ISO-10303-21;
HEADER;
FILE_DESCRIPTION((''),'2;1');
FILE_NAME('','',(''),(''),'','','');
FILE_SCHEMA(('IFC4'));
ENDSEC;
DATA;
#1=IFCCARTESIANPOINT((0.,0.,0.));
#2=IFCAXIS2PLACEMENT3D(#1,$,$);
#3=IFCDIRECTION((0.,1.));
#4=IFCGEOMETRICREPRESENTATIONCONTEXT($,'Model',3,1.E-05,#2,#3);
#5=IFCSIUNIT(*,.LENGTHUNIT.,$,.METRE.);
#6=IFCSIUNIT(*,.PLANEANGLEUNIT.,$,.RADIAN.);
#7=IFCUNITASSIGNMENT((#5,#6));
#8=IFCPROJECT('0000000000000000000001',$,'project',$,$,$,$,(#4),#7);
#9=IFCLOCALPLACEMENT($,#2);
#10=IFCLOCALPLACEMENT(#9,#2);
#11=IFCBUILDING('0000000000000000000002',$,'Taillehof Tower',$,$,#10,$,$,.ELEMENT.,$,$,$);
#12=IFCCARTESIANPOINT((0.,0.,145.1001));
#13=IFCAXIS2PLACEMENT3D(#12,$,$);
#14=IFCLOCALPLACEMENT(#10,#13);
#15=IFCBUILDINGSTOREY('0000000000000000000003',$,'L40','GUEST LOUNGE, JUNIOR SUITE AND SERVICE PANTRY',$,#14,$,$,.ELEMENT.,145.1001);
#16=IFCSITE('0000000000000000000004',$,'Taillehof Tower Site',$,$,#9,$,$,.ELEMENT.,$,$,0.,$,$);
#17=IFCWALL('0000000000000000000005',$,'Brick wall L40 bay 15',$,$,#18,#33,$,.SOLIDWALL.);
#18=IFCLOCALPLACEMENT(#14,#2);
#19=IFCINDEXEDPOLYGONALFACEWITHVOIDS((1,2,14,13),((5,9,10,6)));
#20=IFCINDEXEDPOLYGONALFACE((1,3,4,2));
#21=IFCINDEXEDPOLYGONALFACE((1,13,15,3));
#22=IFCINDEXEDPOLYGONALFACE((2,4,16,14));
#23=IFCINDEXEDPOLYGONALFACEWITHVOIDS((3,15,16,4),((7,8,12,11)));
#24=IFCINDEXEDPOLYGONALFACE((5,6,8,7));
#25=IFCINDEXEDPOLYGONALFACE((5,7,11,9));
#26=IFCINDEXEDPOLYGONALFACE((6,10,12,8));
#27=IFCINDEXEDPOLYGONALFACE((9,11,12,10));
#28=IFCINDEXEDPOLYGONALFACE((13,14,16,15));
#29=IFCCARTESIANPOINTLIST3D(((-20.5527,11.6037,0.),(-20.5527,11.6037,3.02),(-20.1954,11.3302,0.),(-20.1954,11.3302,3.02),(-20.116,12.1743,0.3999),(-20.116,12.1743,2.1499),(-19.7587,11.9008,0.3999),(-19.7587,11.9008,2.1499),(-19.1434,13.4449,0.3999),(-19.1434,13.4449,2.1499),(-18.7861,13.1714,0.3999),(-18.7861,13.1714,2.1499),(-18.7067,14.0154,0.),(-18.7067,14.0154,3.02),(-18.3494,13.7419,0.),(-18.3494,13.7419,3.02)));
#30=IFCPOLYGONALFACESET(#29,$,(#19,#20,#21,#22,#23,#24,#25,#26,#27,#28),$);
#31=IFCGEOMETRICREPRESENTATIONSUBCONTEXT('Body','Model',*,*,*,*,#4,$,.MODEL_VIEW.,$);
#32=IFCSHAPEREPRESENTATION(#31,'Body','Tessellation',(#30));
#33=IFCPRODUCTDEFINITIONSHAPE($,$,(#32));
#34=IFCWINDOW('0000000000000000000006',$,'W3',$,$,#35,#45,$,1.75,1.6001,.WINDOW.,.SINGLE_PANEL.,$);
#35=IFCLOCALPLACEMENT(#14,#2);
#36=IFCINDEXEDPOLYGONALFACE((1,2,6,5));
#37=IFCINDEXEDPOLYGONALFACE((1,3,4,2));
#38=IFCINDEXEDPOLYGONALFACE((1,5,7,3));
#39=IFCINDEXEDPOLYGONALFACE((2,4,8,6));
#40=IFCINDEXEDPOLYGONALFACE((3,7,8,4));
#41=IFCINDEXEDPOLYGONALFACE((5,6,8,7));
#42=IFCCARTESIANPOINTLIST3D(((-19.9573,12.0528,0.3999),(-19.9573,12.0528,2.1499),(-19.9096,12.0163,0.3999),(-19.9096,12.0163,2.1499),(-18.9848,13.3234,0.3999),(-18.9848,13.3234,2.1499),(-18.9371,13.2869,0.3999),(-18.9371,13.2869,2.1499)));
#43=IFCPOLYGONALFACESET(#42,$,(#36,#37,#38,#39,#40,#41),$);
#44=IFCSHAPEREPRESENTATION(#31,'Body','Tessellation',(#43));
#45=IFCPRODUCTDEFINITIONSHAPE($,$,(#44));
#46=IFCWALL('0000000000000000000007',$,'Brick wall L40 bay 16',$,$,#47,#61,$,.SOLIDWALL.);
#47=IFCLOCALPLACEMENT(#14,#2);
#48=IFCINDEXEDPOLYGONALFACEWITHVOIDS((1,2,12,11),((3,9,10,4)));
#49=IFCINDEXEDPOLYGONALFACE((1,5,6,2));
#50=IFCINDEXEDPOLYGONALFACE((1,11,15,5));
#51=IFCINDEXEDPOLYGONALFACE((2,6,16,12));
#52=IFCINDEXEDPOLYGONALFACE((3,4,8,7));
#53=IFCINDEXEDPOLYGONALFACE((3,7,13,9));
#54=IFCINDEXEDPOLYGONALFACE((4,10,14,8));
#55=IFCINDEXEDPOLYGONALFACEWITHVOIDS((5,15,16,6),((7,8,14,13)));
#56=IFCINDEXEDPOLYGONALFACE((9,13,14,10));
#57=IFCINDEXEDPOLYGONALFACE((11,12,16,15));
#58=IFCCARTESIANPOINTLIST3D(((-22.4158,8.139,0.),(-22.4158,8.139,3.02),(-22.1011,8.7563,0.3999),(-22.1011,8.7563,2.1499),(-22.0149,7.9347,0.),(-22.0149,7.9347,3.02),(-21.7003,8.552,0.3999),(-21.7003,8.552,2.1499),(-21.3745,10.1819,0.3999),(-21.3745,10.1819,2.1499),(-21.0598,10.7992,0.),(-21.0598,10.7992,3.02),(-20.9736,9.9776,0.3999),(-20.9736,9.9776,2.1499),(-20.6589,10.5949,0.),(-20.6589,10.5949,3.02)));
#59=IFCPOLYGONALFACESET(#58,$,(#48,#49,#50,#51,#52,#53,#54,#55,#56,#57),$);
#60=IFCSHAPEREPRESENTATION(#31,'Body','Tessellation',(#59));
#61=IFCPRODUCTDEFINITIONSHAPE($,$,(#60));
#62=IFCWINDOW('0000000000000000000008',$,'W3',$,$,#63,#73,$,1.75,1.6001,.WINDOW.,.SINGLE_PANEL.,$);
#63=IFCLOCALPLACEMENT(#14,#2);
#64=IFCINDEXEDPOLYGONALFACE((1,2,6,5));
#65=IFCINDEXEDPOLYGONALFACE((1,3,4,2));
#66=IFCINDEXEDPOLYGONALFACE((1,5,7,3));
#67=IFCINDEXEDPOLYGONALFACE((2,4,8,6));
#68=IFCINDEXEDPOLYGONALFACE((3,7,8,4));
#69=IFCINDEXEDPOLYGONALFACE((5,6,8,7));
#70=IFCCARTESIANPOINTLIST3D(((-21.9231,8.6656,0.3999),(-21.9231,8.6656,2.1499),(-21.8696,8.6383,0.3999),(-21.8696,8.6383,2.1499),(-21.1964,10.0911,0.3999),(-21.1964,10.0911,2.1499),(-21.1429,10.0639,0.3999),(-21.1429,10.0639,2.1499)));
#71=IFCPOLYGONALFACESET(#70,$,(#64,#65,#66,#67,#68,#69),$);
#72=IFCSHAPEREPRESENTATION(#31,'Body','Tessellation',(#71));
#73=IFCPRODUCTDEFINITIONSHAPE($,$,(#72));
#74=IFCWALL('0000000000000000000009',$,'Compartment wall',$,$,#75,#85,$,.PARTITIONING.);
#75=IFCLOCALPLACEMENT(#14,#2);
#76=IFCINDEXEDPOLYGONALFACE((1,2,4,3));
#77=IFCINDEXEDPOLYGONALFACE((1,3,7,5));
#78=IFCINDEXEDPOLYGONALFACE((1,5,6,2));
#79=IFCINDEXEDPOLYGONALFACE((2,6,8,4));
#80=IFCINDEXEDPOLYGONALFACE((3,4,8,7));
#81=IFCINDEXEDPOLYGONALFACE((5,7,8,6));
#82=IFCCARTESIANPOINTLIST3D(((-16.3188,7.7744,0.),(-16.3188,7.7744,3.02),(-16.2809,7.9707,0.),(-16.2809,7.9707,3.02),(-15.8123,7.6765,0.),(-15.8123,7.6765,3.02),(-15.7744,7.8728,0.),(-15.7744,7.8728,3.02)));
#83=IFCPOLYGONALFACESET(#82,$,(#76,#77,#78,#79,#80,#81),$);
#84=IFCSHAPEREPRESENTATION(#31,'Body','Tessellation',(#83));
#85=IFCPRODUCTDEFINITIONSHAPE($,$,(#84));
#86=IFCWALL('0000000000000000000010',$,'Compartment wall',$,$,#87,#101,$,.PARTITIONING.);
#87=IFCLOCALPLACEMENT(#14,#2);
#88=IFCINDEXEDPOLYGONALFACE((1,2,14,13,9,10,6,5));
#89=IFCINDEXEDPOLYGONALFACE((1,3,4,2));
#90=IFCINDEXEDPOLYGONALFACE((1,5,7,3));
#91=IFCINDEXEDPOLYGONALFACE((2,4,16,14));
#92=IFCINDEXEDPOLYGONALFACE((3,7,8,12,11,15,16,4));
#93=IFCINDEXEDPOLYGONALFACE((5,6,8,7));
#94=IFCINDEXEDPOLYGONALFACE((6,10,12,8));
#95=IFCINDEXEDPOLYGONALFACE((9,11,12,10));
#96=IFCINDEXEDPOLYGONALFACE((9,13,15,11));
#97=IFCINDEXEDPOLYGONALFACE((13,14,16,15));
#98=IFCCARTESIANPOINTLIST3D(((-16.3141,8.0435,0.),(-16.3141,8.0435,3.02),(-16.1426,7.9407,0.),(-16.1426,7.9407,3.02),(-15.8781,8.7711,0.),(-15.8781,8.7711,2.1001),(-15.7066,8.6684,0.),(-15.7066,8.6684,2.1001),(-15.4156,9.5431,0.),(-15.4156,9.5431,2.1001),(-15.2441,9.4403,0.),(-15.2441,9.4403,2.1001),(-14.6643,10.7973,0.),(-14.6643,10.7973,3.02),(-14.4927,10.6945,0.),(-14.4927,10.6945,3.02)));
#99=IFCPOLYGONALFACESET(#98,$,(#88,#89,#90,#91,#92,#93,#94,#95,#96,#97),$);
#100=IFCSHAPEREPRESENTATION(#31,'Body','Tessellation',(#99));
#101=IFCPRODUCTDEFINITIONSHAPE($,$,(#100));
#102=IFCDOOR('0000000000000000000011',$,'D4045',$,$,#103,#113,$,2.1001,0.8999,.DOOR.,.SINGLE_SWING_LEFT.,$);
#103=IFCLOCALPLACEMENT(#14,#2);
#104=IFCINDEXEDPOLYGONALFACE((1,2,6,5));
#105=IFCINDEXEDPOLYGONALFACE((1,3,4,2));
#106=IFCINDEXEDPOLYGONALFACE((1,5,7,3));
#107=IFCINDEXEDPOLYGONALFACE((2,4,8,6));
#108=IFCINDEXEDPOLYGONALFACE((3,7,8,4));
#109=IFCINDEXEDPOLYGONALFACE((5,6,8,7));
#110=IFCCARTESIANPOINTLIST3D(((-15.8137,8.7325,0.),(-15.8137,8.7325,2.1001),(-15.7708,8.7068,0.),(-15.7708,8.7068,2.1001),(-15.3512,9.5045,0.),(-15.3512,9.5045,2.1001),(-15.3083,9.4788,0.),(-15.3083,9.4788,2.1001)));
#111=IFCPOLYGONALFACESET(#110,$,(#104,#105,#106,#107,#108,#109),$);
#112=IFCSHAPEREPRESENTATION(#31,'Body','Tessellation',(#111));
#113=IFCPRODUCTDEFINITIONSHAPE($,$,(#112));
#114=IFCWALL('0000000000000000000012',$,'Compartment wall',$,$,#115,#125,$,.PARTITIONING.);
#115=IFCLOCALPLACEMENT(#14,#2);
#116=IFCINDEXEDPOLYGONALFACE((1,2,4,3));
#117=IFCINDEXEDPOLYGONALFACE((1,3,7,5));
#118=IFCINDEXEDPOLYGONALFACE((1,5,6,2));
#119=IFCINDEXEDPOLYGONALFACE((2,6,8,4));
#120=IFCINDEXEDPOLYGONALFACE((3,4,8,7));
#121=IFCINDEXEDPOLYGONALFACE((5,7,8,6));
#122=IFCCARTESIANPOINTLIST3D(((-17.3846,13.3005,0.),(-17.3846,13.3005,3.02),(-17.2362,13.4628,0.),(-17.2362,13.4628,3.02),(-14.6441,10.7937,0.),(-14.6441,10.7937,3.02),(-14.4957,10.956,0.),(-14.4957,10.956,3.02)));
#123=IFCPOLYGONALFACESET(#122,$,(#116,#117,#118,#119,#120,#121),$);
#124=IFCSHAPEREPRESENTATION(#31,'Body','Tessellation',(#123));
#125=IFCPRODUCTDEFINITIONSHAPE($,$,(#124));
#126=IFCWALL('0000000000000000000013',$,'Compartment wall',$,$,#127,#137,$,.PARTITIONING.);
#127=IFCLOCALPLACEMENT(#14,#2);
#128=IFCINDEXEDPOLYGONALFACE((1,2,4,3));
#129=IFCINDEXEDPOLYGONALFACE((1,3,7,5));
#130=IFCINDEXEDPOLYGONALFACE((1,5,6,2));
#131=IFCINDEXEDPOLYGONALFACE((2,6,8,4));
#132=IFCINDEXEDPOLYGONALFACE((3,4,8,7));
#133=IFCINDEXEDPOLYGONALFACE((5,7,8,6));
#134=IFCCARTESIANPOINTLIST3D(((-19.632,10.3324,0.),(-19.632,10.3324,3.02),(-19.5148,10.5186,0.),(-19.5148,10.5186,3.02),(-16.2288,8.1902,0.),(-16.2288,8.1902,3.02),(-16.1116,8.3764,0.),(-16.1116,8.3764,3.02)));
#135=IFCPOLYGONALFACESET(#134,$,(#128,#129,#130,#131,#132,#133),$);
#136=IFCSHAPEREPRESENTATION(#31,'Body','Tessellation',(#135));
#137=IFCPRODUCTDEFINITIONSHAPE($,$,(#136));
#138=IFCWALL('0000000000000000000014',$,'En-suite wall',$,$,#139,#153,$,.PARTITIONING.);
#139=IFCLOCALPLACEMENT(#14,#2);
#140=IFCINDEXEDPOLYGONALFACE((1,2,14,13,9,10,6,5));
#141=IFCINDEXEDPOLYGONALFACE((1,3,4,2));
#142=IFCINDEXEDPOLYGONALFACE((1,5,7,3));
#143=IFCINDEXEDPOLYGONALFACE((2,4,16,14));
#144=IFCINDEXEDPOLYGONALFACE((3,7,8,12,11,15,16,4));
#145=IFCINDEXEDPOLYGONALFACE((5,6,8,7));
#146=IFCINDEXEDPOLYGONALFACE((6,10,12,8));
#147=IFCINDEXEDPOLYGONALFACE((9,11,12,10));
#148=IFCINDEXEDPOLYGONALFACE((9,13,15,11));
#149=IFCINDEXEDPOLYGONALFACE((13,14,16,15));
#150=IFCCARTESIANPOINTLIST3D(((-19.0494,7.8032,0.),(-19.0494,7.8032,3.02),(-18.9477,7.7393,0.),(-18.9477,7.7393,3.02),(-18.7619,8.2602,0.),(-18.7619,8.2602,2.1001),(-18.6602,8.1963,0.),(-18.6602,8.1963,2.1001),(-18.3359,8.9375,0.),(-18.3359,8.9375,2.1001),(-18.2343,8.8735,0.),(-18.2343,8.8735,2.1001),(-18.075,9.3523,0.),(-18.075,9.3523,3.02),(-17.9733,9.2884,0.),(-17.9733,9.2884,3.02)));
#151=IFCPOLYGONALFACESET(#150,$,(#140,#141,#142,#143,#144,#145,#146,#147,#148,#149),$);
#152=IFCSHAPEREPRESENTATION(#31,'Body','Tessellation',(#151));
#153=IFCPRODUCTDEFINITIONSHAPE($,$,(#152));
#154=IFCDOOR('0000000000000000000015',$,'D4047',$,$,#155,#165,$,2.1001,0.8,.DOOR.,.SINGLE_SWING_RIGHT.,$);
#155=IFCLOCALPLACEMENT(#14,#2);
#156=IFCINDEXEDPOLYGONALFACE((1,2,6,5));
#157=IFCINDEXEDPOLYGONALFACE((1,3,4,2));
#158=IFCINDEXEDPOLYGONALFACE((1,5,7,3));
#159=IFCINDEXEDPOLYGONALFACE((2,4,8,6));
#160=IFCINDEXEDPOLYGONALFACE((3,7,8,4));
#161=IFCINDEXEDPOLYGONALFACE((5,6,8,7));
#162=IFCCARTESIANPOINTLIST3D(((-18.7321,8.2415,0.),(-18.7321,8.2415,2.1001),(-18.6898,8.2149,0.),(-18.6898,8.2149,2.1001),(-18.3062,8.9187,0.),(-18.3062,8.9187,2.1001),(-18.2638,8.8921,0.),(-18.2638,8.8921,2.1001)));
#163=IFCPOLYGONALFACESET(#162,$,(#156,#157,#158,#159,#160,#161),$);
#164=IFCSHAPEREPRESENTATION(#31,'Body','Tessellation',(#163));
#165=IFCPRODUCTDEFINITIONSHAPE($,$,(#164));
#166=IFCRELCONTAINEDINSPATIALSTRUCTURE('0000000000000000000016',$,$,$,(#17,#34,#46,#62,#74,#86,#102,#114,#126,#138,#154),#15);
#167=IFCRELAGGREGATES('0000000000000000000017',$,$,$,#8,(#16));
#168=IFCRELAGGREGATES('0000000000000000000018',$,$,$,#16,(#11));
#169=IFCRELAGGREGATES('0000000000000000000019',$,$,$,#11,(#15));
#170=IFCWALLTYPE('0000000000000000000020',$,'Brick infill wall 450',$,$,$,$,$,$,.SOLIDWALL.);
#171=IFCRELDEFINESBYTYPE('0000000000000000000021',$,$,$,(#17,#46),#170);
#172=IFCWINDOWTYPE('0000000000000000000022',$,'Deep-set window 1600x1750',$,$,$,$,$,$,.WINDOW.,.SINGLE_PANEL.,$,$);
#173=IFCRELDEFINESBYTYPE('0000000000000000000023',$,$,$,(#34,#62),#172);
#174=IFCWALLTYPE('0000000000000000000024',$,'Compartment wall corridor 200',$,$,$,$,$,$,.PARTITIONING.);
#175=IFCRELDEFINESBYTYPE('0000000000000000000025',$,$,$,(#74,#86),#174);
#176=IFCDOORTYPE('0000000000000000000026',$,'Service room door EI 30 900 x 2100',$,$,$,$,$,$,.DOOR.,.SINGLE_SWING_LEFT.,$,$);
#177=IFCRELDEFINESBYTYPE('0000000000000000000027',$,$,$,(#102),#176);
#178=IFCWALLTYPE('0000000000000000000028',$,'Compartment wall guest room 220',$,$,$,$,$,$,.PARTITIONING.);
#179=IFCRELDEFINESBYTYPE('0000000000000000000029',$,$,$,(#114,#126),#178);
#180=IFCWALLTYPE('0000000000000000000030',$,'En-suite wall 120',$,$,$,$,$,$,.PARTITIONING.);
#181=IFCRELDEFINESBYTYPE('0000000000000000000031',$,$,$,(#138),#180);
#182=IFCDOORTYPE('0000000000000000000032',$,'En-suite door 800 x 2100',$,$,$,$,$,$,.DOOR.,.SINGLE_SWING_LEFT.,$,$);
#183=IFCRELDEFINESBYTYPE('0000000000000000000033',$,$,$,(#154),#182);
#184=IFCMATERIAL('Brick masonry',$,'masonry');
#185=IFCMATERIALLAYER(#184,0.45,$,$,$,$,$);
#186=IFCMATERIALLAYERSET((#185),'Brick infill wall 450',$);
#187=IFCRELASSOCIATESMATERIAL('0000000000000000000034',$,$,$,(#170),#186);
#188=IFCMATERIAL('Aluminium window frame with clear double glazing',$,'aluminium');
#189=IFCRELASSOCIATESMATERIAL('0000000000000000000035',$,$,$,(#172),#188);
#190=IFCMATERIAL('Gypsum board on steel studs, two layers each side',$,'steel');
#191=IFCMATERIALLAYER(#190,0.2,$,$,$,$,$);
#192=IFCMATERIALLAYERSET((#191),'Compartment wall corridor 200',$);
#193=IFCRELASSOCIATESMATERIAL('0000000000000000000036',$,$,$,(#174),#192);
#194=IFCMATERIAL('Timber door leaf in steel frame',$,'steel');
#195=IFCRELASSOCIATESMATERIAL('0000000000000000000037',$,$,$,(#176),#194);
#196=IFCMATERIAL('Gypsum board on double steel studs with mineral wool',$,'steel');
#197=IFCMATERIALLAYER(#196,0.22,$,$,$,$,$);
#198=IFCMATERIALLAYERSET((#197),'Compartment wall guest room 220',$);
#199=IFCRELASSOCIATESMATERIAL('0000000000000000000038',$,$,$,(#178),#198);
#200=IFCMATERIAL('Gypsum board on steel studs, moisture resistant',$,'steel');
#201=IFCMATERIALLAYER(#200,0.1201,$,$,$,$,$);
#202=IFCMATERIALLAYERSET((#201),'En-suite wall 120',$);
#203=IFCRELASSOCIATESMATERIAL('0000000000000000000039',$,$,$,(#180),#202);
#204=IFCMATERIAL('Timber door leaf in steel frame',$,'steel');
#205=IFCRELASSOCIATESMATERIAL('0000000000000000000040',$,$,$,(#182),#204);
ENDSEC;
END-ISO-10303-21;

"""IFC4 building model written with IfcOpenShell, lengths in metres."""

from ifc_helpers import new_model, si_unit, direction, frame, frame_2d, origin, place, context, subcontext, project, spatial, rectangle, extrude, material, layer, layer_set, type_object, element, fill, save


model = new_model("IFC4")

# Units and contexts
model_context = context("Model", 3, precision=1e-05, world=origin(), true_north=direction((0.0, 1.0)))
body_context = subcontext(model_context, "Body", "Model", "MODEL_VIEW")
ifc_project = project(units=[si_unit("LENGTHUNIT", "METRE"), si_unit("PLANEANGLEUNIT", "RADIAN")], contexts=[model_context])

# Site, building, storey
site_placement = place(None, origin())
site = spatial("IfcSite", under=ifc_project, at=site_placement, Name="Taillehof Tower Site", CompositionType="ELEMENT", RefElevation=0.0)
building_placement = place(site_placement, origin())
building = spatial("IfcBuilding", under=site, at=building_placement, Name="Taillehof Tower", CompositionType="ELEMENT")
storey_placement = place(building_placement, frame((0.0, 0.0, 145.1001)))
storey = spatial("IfcBuildingStorey", under=building, at=storey_placement, Name="L40", Description="GUEST LOUNGE, JUNIOR SUITE AND SERVICE PANTRY", CompositionType="ELEMENT", Elevation=145.1001)

# Walls, openings, windows
ifc_material_1 = material(Name="Brick masonry", Category="masonry")
ifc_layer_1 = layer(ifc_material_1, 0.45)
ifc_layer_set_1 = layer_set([ifc_layer_1], Name="Brick infill wall 450")
wall_type_1 = type_object("IfcWallType", Name="Brick infill wall 450", PredefinedType="SOLIDWALL", material=ifc_layer_set_1)
ifc_material_2 = material(Name="Aluminium window frame with clear double glazing", Category="aluminium")
window_type = type_object("IfcWindowType", Name="Deep-set window 1600x1750", PartitioningType="SINGLE_PANEL", PredefinedType="WINDOW", material=ifc_material_2)
wall_1_placement = place(storey_placement, frame((-18.5281, 13.8787, 0.0), z_axis=(0.0, 0.0, 1.0), x_axis=(-0.607817, -0.794077, 0.0)))
wall_1 = element("IfcWall", 1, at=wall_1_placement, inside=storey, type_object=wall_type_1, Name="Brick wall L40 bay 15", PredefinedType="SOLIDWALL", context=body_context, shape_type="SweptSolid", body=[
    extrude(rectangle(XDim=3.0371, YDim=0.45, at=frame_2d((1.5186, 0.0))), origin(), (0.0, 0.0, 1.0), 3.02),
])
opening_1_placement = place(wall_1_placement, frame((0.7185, 0.0, 0.3999)))
opening_1 = element("IfcOpeningElement", 2, at=opening_1_placement, cuts=wall_1, PredefinedType="OPENING", context=body_context, shape_type="SweptSolid", body=[
    extrude(rectangle(XDim=1.6001, YDim=1.75, at=frame_2d((0.8, 0.875))), frame((0.0, 0.2349, 0.0), z_axis=(0.0, -1.0, 0.0), x_axis=(1.0, 0.0, 0.0)), (0.0, 0.0, 1.0), 0.47),
])
window_1_placement = place(opening_1_placement, origin())
window_1 = element("IfcWindow", 3, at=window_1_placement, inside=storey, type_object=window_type, Name="W3", OverallHeight=1.75, OverallWidth=1.6001, PartitioningType="SINGLE_PANEL", PredefinedType="WINDOW", context=body_context, shape_type="SweptSolid", body=[
    extrude(rectangle(XDim=1.6001, YDim=1.75, at=frame_2d((0.8, 0.875))), frame((0.0, 0.0349, 0.0), z_axis=(0.0, -1.0, 0.0), x_axis=(1.0, 0.0, 0.0)), (0.0, 0.0, 1.0), 0.0601),
])
fill(opening_1, window_1)
wall_2_placement = place(storey_placement, frame((-20.8594, 10.697, 0.0), z_axis=(0.0, 0.0, 1.0), x_axis=(-0.454134, -0.890933, 0.0)))
wall_2 = element("IfcWall", 4, at=wall_2_placement, inside=storey, type_object=wall_type_1, Name="Brick wall L40 bay 16", PredefinedType="SOLIDWALL", context=body_context, shape_type="SweptSolid", body=[
    extrude(rectangle(XDim=2.9858, YDim=0.45, at=frame_2d((1.4929, 0.0))), origin(), (0.0, 0.0, 1.0), 3.02),
])
opening_2_placement = place(wall_2_placement, frame((0.6929, 0.0, 0.3999)))
opening_2 = element("IfcOpeningElement", 5, at=opening_2_placement, cuts=wall_2, PredefinedType="OPENING", context=body_context, shape_type="SweptSolid", body=[
    extrude(rectangle(XDim=1.6001, YDim=1.75, at=frame_2d((0.8, 0.875))), frame((0.0, 0.2349, 0.0), z_axis=(0.0, -1.0, 0.0), x_axis=(1.0, 0.0, 0.0)), (0.0, 0.0, 1.0), 0.47),
])
window_2_placement = place(opening_2_placement, origin())
window_2 = element("IfcWindow", 6, at=window_2_placement, inside=storey, type_object=window_type, Name="W3", OverallHeight=1.75, OverallWidth=1.6001, PartitioningType="SINGLE_PANEL", PredefinedType="WINDOW", context=body_context, shape_type="SweptSolid", body=[
    extrude(rectangle(XDim=1.6001, YDim=1.75, at=frame_2d((0.8, 0.875))), frame((0.0, 0.0349, 0.0), z_axis=(0.0, -1.0, 0.0), x_axis=(1.0, 0.0, 0.0)), (0.0, 0.0, 1.0), 0.0601),
])
fill(opening_2, window_2)

# Wall
ifc_material_3 = material(Name="Gypsum board on steel studs, two layers each side", Category="steel")
ifc_layer_2 = layer(ifc_material_3, 0.2)
ifc_layer_set_2 = layer_set([ifc_layer_2], Name="Compartment wall corridor 200")
wall_type_2 = type_object("IfcWallType", Name="Compartment wall corridor 200", PredefinedType="PARTITIONING", material=ifc_layer_set_2)
wall_3_placement = place(storey_placement, frame((-15.7935, 7.7747, 0.0), z_axis=(0.0, 0.0, 1.0), x_axis=(-0.981834, 0.189742, 0.0)))
element("IfcWall", 7, at=wall_3_placement, inside=storey, type_object=wall_type_2, Name="Compartment wall", PredefinedType="PARTITIONING", context=body_context, shape_type="SweptSolid", body=[
    extrude(rectangle(XDim=0.5159, YDim=0.2, at=frame_2d((0.2578, 0.0))), origin(), (0.0, 0.0, 1.0), 3.02),
])

# Wall, opening, door
wall_4_placement = place(storey_placement, frame((-16.2283, 7.9922, 0.0), z_axis=(0.0, 0.0, 1.0), x_axis=(0.513936, 0.857828, 0.0)))
wall_4 = element("IfcWall", 8, at=wall_4_placement, inside=storey, type_object=wall_type_2, Name="Compartment wall", PredefinedType="PARTITIONING", context=body_context, shape_type="SweptSolid", body=[
    extrude(rectangle(XDim=3.2102, YDim=0.2, at=frame_2d((1.605, 0.0))), origin(), (0.0, 0.0, 1.0), 3.02),
])
opening_3_placement = place(wall_4_placement, frame((0.8481, 0.0, 0.0)))
opening_3 = element("IfcOpeningElement", 9, at=opening_3_placement, cuts=wall_4, PredefinedType="OPENING", context=body_context, shape_type="SweptSolid", body=[
    extrude(rectangle(XDim=0.8999, YDim=2.1001, at=frame_2d((0.45, 1.05))), frame((0.0, 0.1099, 0.0), z_axis=(0.0, -1.0, 0.0), x_axis=(1.0, 0.0, 0.0)), (0.0, 0.0, 1.0), 0.22),
])
ifc_material_4 = material(Name="Timber door leaf in steel frame", Category="steel")
door_type_1 = type_object("IfcDoorType", Name="Service room door EI 30 900 x 2100", OperationType="SINGLE_SWING_LEFT", PredefinedType="DOOR", material=ifc_material_4)
door_1_placement = place(opening_3_placement, origin())
door_1 = element("IfcDoor", 10, at=door_1_placement, inside=storey, type_object=door_type_1, Name="D4045", OperationType="SINGLE_SWING_LEFT", OverallHeight=2.1001, OverallWidth=0.8999, PredefinedType="DOOR", context=body_context, shape_type="SweptSolid", body=[
    extrude(rectangle(XDim=0.8999, YDim=2.1001, at=frame_2d((0.45, 1.05))), frame((0.0, 0.0249, 0.0), z_axis=(0.0, -1.0, 0.0), x_axis=(1.0, 0.0, 0.0)), (0.0, 0.0, 1.0), 0.05),
])
fill(opening_3, door_1)

# Walls
ifc_material_5 = material(Name="Gypsum board on double steel studs with mineral wool", Category="steel")
ifc_layer_3 = layer(ifc_material_5, 0.22)
ifc_layer_set_3 = layer_set([ifc_layer_3], Name="Compartment wall guest room 220")
wall_type_3 = type_object("IfcWallType", Name="Compartment wall guest room 220", PredefinedType="PARTITIONING", material=ifc_layer_set_3)
wall_5_placement = place(storey_placement, frame((-17.3103, 13.3816, 0.0), z_axis=(0.0, 0.0, 1.0), x_axis=(0.73786, -0.674953, 0.0)))
element("IfcWall", 11, at=wall_5_placement, inside=storey, type_object=wall_type_3, Name="Compartment wall", PredefinedType="PARTITIONING", context=body_context, shape_type="SweptSolid", body=[
    extrude(rectangle(XDim=3.7141, YDim=0.22, at=frame_2d((1.8569, 0.0))), origin(), (0.0, 0.0, 1.0), 3.02),
])
wall_6_placement = place(storey_placement, frame((-19.5735, 10.4255, 0.0), z_axis=(0.0, 0.0, 1.0), x_axis=(0.846299, -0.532709, 0.0)))
element("IfcWall", 12, at=wall_6_placement, inside=storey, type_object=wall_type_3, Name="Compartment wall", PredefinedType="PARTITIONING", context=body_context, shape_type="SweptSolid", body=[
    extrude(rectangle(XDim=4.0212, YDim=0.22, at=frame_2d((2.0107, 0.0))), origin(), (0.0, 0.0, 1.0), 3.02),
])

# Wall, opening, door
ifc_material_6 = material(Name="Gypsum board on steel studs, moisture resistant", Category="steel")
ifc_layer_4 = layer(ifc_material_6, 0.1201)
ifc_layer_set_4 = layer_set([ifc_layer_4], Name="En-suite wall 120")
wall_type_4 = type_object("IfcWallType", Name="En-suite wall 120", PredefinedType="PARTITIONING", material=ifc_layer_set_4)
wall_7_placement = place(storey_placement, frame((-18.9985, 7.7712, 0.0), z_axis=(0.0, 0.0, 1.0), x_axis=(0.532431, 0.846473, 0.0)))
wall_7 = element("IfcWall", 13, at=wall_7_placement, inside=storey, type_object=wall_type_4, Name="En-suite wall", PredefinedType="PARTITIONING", context=body_context, shape_type="SweptSolid", body=[
    extrude(rectangle(XDim=1.8301, YDim=0.1201, at=frame_2d((0.915, 0.0))), origin(), (0.0, 0.0, 1.0), 3.02),
])
opening_4_placement = place(wall_7_placement, frame((0.54, 0.0, 0.0)))
opening_4 = element("IfcOpeningElement", 14, at=opening_4_placement, cuts=wall_7, PredefinedType="OPENING", context=body_context, shape_type="SweptSolid", body=[
    extrude(rectangle(XDim=0.8, YDim=2.1001, at=frame_2d((0.3999, 1.05))), frame((0.0, 0.0701, 0.0), z_axis=(0.0, -1.0, 0.0), x_axis=(1.0, 0.0, 0.0)), (0.0, 0.0, 1.0), 0.1401),
])
ifc_material_7 = material(Name="Timber door leaf in steel frame", Category="steel")
door_type_2 = type_object("IfcDoorType", Name="En-suite door 800 x 2100", OperationType="SINGLE_SWING_LEFT", PredefinedType="DOOR", material=ifc_material_7)
door_2_placement = place(opening_4_placement, origin())
door_2 = element("IfcDoor", 15, at=door_2_placement, inside=storey, type_object=door_type_2, Name="D4047", OperationType="SINGLE_SWING_RIGHT", OverallHeight=2.1001, OverallWidth=0.8, PredefinedType="DOOR", context=body_context, shape_type="SweptSolid", body=[
    extrude(rectangle(XDim=0.8, YDim=2.1001, at=frame_2d((0.3999, 1.05))), frame((0.0, 0.0249, 0.0), z_axis=(0.0, -1.0, 0.0), x_axis=(1.0, 0.0, 0.0)), (0.0, 0.0, 1.0), 0.05),
])
fill(opening_4, door_2)

save(model, "model.ifc")
